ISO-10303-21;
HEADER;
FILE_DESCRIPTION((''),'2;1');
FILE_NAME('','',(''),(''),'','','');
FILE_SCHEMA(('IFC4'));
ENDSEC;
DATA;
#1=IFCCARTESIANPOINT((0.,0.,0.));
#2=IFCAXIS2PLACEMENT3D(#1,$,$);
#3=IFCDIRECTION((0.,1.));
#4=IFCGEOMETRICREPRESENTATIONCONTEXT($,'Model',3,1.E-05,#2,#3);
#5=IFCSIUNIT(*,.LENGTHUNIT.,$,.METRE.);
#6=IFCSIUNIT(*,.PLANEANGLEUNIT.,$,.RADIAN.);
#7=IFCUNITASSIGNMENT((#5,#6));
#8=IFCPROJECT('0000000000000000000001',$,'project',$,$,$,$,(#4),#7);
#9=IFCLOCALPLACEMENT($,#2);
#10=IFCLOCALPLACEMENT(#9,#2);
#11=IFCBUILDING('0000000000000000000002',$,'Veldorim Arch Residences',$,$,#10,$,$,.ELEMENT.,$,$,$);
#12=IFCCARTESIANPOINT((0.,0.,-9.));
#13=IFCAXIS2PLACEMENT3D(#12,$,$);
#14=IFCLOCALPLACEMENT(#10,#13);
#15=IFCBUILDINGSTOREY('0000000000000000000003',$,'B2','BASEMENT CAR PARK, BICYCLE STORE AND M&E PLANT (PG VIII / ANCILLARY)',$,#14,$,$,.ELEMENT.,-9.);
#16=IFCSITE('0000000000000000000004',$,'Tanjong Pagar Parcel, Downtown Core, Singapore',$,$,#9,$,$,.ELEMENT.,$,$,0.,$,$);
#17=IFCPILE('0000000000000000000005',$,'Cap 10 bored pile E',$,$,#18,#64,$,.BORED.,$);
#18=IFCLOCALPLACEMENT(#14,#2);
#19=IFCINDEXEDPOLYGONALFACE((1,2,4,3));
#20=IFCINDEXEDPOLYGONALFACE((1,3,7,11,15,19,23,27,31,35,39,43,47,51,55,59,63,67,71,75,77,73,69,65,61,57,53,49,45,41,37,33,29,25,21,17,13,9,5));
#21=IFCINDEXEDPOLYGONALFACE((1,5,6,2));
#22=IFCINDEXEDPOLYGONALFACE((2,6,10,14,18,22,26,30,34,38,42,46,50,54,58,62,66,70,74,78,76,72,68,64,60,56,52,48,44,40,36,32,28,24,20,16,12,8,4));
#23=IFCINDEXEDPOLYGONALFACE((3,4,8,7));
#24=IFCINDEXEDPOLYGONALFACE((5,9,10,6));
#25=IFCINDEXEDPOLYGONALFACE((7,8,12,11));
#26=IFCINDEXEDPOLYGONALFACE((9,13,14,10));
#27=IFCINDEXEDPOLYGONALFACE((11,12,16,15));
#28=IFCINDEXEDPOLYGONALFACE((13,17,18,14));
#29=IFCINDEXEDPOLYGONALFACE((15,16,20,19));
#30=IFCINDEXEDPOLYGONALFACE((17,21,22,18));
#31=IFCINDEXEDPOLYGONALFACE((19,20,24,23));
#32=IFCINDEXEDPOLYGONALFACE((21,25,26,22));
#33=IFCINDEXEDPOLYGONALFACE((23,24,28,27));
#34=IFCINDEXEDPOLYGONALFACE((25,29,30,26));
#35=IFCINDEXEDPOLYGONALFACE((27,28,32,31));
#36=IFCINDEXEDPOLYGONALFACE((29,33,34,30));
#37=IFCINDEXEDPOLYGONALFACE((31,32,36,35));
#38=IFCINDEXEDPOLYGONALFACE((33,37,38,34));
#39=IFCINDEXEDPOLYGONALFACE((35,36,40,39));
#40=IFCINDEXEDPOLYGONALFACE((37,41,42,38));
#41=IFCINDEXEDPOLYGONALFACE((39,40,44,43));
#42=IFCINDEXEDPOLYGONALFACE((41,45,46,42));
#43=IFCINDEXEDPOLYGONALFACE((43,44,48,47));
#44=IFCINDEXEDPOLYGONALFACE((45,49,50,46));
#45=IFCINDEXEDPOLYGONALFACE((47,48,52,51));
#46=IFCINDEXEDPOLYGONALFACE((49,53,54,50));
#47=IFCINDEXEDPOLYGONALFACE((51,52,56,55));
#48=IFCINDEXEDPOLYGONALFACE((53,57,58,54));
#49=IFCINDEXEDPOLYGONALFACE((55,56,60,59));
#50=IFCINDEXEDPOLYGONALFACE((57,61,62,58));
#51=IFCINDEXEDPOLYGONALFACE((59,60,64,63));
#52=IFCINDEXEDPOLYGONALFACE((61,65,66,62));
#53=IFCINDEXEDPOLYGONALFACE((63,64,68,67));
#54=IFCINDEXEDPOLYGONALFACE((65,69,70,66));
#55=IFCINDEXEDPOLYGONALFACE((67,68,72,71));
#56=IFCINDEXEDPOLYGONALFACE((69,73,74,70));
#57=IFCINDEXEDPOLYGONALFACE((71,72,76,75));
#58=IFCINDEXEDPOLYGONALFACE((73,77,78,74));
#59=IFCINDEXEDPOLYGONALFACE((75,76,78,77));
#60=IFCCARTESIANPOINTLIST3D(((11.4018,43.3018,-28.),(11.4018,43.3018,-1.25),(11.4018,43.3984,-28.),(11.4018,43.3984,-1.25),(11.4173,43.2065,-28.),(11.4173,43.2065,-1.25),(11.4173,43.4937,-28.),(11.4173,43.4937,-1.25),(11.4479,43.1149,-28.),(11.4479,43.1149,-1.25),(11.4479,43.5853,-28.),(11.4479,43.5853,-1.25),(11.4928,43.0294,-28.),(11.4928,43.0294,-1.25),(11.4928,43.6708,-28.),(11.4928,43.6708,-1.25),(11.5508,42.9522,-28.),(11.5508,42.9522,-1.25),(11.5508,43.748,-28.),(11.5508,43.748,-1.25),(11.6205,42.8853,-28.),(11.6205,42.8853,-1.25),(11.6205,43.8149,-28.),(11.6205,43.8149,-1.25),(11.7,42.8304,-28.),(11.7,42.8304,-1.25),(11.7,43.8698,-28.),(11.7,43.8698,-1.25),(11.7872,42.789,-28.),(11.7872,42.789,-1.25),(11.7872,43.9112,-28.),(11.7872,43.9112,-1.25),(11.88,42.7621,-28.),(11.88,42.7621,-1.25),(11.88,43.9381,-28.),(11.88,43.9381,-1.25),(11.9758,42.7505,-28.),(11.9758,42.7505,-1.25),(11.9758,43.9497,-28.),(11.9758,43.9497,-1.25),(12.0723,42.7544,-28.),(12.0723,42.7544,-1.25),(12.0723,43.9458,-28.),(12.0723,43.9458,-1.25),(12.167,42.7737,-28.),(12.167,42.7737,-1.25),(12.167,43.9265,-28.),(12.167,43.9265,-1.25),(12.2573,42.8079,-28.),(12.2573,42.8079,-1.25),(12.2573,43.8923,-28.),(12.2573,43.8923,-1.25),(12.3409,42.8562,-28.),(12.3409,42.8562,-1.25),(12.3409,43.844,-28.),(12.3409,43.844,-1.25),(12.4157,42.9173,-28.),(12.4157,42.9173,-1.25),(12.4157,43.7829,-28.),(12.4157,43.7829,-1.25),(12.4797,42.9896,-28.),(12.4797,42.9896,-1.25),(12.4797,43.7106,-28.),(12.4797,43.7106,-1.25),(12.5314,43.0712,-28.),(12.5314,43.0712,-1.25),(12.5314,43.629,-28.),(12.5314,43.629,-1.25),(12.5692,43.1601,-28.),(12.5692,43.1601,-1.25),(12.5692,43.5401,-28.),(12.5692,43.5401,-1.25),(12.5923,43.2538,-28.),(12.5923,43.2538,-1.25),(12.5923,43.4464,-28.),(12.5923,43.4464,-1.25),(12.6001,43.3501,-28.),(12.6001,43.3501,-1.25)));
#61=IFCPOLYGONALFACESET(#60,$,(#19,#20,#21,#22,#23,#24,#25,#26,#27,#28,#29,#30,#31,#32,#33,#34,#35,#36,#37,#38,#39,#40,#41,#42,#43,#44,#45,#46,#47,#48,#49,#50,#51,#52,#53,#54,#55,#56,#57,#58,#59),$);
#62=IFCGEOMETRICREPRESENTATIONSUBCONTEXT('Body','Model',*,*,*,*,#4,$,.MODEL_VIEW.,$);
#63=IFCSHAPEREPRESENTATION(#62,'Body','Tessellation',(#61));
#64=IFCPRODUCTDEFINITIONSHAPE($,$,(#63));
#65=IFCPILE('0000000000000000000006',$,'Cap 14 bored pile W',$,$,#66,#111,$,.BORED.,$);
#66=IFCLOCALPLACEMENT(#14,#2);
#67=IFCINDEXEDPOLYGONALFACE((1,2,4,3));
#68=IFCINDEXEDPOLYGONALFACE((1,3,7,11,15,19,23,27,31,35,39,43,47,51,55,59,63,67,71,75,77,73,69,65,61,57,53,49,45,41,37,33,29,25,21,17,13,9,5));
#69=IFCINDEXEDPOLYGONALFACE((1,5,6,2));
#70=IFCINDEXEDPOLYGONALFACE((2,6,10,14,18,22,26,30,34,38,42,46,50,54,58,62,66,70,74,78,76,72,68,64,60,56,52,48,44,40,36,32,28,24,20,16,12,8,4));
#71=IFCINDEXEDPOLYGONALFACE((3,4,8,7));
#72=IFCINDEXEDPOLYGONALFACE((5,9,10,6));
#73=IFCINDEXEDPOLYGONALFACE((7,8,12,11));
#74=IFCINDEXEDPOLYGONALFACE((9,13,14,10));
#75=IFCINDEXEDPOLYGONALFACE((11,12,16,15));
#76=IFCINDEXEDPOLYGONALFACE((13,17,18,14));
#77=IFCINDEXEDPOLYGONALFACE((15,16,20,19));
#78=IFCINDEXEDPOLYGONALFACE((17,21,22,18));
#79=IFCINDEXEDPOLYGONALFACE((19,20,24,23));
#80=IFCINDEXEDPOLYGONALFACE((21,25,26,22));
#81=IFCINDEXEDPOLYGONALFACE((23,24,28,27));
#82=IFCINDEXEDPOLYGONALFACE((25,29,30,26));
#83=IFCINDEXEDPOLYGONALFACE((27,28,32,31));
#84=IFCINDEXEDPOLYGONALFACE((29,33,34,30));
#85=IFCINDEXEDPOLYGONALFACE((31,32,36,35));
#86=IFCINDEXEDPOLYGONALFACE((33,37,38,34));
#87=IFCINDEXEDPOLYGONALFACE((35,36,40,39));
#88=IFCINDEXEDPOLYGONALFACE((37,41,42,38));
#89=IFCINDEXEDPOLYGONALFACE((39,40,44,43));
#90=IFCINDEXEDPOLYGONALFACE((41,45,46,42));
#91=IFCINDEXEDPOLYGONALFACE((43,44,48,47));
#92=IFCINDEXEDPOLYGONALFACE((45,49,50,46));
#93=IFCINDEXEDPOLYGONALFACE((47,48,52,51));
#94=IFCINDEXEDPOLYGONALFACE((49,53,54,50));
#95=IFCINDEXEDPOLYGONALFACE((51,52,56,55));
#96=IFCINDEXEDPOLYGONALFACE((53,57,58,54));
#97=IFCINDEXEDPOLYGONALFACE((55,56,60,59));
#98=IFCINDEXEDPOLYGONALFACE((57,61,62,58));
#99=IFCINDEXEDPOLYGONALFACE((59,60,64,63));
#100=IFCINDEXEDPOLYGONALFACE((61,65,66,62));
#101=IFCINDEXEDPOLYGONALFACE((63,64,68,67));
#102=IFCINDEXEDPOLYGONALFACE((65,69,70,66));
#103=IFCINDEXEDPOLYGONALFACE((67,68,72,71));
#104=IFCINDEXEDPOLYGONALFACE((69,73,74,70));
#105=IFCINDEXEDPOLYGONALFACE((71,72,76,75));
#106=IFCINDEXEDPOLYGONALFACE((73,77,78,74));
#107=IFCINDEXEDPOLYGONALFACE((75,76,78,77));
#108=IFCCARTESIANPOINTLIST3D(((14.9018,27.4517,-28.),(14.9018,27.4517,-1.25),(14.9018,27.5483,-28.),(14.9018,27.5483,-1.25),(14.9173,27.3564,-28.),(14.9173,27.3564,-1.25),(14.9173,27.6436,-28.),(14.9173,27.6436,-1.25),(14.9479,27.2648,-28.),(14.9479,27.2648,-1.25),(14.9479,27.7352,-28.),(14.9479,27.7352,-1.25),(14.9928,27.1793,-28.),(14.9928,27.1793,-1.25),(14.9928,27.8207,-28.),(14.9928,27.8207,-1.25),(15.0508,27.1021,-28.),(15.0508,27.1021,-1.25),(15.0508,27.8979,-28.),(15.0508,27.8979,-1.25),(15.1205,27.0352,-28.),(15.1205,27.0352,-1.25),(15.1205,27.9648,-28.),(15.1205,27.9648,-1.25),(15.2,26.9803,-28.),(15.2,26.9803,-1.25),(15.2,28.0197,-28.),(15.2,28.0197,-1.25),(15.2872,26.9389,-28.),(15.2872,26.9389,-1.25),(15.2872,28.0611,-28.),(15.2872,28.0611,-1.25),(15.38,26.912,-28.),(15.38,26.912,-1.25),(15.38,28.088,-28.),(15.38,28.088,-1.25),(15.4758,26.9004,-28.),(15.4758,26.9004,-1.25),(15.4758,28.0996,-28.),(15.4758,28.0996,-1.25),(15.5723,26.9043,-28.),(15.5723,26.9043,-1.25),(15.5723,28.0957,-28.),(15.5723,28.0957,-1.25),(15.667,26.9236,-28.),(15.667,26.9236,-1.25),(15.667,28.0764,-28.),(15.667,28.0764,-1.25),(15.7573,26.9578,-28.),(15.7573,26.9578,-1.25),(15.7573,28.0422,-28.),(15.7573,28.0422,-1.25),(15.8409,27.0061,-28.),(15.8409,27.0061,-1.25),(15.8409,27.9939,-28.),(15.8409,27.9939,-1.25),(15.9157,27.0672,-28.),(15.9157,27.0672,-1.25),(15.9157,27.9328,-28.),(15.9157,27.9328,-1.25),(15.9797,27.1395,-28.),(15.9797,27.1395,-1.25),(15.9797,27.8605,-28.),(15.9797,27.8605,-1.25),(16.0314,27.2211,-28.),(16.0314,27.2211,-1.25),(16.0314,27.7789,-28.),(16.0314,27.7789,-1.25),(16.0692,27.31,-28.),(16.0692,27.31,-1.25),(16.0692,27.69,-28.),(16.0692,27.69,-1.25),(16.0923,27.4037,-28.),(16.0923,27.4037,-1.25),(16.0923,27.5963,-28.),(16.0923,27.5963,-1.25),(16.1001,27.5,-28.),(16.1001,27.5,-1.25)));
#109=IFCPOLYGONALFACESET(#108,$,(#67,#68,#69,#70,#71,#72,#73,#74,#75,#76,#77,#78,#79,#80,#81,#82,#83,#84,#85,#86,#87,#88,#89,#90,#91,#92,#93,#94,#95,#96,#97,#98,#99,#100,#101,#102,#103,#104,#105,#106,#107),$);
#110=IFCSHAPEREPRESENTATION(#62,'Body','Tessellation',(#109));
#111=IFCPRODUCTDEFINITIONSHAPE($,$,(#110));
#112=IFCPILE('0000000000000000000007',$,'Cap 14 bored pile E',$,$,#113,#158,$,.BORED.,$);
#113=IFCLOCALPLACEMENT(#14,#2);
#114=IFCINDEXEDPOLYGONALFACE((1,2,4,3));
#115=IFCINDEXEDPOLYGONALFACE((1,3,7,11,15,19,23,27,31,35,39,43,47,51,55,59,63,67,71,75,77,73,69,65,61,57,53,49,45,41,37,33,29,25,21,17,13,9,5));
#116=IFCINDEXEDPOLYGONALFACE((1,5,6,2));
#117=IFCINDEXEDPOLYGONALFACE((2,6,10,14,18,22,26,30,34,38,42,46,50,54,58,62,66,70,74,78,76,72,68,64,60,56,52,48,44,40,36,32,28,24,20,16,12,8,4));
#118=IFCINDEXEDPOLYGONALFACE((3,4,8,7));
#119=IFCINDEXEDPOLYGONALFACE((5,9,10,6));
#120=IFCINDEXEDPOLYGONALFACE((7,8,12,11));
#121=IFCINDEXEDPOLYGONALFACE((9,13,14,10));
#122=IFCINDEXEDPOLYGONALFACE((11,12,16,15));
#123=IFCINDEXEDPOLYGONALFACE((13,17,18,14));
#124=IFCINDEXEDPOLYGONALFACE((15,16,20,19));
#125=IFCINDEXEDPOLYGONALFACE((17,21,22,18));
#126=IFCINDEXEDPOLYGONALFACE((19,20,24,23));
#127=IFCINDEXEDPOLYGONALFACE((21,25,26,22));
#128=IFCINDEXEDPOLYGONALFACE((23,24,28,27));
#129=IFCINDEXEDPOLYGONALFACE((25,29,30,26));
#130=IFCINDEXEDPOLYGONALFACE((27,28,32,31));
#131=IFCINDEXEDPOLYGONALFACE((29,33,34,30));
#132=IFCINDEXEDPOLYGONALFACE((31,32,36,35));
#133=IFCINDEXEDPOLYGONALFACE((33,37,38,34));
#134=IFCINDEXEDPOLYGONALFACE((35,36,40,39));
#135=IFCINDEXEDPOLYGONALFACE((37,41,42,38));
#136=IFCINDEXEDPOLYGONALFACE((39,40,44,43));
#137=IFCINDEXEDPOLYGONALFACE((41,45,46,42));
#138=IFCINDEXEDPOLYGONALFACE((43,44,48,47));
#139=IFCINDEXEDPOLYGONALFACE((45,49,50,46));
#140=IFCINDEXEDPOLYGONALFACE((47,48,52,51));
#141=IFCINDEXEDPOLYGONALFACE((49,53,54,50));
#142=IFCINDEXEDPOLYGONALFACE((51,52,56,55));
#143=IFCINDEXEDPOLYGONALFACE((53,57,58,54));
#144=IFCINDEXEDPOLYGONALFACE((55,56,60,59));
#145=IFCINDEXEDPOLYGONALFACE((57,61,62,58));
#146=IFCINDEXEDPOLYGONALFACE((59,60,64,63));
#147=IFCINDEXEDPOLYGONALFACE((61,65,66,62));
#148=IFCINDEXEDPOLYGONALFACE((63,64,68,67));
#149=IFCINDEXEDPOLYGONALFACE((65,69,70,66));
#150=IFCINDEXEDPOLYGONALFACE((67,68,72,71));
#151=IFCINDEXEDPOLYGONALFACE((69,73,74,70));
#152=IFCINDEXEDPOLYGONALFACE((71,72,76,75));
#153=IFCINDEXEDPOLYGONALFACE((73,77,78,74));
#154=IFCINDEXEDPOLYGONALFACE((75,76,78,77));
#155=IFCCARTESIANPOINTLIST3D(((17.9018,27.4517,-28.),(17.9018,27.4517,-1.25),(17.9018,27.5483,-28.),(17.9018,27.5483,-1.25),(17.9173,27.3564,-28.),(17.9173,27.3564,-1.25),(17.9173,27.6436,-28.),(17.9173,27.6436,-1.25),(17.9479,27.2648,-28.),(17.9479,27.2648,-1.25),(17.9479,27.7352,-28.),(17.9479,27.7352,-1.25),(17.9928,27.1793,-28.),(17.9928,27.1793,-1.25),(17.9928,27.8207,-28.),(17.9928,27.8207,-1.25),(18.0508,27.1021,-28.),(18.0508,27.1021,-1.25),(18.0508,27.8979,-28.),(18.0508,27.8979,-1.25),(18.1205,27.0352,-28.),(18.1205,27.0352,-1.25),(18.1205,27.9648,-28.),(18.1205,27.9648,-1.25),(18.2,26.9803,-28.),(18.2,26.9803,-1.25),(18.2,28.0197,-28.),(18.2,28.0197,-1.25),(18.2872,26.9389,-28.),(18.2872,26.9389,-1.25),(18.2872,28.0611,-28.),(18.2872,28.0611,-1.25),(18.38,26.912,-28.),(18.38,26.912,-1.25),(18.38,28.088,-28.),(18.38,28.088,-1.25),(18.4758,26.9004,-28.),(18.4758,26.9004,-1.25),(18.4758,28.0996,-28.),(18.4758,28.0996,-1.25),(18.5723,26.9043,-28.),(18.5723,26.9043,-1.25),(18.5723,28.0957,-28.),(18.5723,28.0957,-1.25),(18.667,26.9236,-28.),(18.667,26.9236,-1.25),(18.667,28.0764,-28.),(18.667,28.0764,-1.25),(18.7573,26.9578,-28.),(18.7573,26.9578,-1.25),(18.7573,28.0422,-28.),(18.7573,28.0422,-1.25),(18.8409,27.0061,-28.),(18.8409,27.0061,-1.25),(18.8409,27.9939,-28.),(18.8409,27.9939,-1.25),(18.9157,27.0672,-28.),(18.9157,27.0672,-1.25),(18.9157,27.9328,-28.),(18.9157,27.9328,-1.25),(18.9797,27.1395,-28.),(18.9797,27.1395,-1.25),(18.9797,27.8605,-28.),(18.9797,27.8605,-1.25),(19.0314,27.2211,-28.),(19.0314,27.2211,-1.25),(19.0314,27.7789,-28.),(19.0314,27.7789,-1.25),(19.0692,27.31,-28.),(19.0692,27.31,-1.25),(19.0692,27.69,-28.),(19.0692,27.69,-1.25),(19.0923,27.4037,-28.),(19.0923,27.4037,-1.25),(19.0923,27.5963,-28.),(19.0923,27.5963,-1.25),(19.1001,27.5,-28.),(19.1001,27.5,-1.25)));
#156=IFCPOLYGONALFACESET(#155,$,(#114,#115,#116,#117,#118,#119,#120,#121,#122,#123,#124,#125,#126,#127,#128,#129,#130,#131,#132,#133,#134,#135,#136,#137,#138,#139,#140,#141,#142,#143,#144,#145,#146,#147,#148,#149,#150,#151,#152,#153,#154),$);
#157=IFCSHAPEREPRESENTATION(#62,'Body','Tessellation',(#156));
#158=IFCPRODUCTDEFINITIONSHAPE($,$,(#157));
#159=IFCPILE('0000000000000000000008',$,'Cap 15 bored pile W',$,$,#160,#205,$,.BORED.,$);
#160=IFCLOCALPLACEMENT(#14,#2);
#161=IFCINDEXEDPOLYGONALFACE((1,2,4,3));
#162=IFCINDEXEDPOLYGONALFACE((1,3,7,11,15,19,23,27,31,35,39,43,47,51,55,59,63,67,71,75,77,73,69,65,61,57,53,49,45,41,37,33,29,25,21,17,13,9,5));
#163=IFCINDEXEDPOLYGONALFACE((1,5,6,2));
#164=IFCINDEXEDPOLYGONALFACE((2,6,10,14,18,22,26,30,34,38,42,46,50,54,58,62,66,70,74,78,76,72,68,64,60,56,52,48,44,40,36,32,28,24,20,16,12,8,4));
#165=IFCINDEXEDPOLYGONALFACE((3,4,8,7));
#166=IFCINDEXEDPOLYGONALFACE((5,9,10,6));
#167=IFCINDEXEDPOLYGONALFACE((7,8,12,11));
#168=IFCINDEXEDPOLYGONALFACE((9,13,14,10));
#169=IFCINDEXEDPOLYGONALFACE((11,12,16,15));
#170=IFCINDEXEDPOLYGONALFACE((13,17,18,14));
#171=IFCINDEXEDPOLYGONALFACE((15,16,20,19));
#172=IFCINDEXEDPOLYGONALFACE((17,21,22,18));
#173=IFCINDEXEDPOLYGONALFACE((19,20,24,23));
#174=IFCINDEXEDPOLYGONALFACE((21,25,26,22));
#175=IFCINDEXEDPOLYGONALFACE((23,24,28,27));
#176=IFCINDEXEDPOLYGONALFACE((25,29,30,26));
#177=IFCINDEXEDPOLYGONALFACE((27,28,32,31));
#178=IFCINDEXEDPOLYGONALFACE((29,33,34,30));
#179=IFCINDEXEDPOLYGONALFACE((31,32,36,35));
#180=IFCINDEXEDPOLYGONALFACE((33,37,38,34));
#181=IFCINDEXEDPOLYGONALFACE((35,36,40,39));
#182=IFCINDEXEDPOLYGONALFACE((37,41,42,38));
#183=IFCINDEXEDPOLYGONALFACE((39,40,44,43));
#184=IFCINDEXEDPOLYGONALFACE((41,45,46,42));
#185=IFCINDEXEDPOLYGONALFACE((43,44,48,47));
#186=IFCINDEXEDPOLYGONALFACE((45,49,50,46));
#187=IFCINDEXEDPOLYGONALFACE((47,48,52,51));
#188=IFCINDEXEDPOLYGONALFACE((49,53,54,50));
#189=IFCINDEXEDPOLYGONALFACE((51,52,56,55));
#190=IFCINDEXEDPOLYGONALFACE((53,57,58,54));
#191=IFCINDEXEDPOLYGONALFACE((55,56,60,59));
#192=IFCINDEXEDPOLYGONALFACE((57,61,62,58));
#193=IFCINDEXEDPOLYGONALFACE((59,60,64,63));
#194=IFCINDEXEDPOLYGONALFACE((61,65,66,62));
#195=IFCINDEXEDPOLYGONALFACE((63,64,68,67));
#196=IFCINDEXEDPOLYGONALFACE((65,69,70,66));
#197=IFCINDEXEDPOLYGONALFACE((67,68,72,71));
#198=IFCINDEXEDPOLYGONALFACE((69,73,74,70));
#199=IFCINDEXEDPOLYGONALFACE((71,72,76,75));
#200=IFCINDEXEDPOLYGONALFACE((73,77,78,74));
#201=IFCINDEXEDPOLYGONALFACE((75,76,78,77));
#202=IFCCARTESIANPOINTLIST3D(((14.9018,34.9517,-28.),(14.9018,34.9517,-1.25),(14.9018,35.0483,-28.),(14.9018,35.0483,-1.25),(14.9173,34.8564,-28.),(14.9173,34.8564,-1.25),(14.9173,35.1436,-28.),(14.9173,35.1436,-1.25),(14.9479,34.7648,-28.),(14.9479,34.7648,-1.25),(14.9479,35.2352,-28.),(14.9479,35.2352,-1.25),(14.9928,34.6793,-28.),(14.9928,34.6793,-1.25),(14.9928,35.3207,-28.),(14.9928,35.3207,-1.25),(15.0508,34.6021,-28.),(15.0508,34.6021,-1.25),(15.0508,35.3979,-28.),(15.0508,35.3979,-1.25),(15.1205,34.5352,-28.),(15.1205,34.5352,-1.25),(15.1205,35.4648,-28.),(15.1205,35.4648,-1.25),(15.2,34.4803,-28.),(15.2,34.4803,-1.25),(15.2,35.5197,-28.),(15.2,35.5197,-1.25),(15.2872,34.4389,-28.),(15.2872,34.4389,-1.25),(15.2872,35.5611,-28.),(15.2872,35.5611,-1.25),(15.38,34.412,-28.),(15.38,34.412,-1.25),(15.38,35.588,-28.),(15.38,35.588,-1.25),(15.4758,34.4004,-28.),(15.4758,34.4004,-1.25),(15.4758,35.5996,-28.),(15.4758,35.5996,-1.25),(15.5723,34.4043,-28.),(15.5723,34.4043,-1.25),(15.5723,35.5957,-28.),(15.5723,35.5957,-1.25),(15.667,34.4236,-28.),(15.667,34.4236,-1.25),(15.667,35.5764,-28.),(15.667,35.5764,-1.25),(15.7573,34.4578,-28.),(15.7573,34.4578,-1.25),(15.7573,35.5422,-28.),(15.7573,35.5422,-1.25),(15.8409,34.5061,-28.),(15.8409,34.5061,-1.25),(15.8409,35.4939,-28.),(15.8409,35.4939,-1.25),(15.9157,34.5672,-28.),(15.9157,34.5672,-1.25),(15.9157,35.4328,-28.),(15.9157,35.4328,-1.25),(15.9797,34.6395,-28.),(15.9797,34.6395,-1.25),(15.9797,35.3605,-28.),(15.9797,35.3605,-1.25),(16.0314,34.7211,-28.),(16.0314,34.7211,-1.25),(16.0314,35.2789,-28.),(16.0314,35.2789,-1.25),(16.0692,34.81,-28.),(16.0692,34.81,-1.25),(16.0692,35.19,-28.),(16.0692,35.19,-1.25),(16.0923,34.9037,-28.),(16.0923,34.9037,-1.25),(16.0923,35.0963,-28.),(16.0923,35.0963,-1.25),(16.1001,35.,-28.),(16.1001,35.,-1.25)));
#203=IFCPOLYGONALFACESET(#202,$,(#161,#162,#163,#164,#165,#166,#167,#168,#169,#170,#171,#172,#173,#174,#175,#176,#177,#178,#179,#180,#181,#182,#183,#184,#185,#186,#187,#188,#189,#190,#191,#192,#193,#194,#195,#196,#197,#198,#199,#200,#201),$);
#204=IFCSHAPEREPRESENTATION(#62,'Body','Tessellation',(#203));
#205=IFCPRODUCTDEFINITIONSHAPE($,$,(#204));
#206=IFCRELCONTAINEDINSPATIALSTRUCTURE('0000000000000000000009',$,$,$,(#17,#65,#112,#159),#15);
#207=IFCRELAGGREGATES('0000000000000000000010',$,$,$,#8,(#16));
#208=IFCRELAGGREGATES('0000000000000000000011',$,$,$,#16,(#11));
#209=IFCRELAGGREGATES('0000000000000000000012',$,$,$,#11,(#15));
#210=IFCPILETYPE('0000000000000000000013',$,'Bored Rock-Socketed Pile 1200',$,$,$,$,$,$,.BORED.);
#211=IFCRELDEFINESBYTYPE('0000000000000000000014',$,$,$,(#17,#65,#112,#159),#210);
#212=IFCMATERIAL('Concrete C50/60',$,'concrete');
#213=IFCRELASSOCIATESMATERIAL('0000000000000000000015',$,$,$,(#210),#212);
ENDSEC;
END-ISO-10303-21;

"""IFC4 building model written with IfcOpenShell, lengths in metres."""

from ifc_helpers import new_model, si_unit, direction, frame, origin, origin_2d, place, context, subcontext, project, spatial, circle, extrude, material, material_profile, profile_set, type_object, element, save


model = new_model("IFC4")

# Units and contexts
model_context = context("Model", 3, precision=1e-05, world=origin(), true_north=direction((0.0, 1.0)))
body_context = subcontext(model_context, "Body", "Model", "MODEL_VIEW")
ifc_project = project(units=[si_unit("LENGTHUNIT", "METRE"), si_unit("PLANEANGLEUNIT", "RADIAN")], contexts=[model_context])

# Site, building, storey
site_placement = place(None, origin())
site = spatial("IfcSite", under=ifc_project, at=site_placement, Name="Tanjong Pagar Parcel, Downtown Core, Singapore", CompositionType="ELEMENT", RefElevation=0.0)
building_placement = place(site_placement, origin())
building = spatial("IfcBuilding", under=site, at=building_placement, Name="Veldorim Arch Residences", CompositionType="ELEMENT")
storey_placement = place(building_placement, frame((0.0, 0.0, -9.0)))
storey = spatial("IfcBuildingStorey", under=building, at=storey_placement, Name="B2", Description="BASEMENT CAR PARK, BICYCLE STORE AND M&E PLANT (PG VIII / ANCILLARY)", CompositionType="ELEMENT", Elevation=-9.0)

# Piles
ifc_material_1 = material(Name="Concrete C50/60", Category="concrete")
ifc_material_profile_1 = material_profile(ifc_material_1, circle(Radius=0.6001, at=origin_2d()), Name="PILE_1200")
ifc_profile_set_1 = profile_set([ifc_material_profile_1], Name="Concrete C50/60")
pile_type_1 = type_object("IfcPileType", Name="Bored Rock-Socketed Pile 1200", PredefinedType="BORED", material=ifc_profile_set_1)
for number, where, z_axis, x_axis, name in (
    (1, (12.0, 43.3501, -1.25), (0.0, 0.0, -1.0), (1.0, 0.0, 0.0), "Cap 10 bored pile E"),
    (2, (15.5, 27.5, -1.25), (0.0, 0.0, -1.0), (1.0, 0.0, 0.0), "Cap 14 bored pile W"),
    (3, (18.5, 27.5, -1.25), (0.0, 0.0, -1.0), (1.0, 0.0, 0.0), "Cap 14 bored pile E"),
    (4, (15.5, 35.0, -1.25), (0.0, 0.0, -1.0), (1.0, 0.0, 0.0), "Cap 15 bored pile W"),
):
    element("IfcPile", number, at=place(storey_placement, frame(where, z_axis=z_axis, x_axis=x_axis)), inside=storey, type_object=pile_type_1, Name=name, PredefinedType="BORED", context=body_context, shape_type="SweptSolid", body=[
        extrude(circle(Radius=0.6001, at=origin_2d()), origin(), (0.0, 0.0, 1.0), 26.75),
    ])

save(model, "model.ifc")
